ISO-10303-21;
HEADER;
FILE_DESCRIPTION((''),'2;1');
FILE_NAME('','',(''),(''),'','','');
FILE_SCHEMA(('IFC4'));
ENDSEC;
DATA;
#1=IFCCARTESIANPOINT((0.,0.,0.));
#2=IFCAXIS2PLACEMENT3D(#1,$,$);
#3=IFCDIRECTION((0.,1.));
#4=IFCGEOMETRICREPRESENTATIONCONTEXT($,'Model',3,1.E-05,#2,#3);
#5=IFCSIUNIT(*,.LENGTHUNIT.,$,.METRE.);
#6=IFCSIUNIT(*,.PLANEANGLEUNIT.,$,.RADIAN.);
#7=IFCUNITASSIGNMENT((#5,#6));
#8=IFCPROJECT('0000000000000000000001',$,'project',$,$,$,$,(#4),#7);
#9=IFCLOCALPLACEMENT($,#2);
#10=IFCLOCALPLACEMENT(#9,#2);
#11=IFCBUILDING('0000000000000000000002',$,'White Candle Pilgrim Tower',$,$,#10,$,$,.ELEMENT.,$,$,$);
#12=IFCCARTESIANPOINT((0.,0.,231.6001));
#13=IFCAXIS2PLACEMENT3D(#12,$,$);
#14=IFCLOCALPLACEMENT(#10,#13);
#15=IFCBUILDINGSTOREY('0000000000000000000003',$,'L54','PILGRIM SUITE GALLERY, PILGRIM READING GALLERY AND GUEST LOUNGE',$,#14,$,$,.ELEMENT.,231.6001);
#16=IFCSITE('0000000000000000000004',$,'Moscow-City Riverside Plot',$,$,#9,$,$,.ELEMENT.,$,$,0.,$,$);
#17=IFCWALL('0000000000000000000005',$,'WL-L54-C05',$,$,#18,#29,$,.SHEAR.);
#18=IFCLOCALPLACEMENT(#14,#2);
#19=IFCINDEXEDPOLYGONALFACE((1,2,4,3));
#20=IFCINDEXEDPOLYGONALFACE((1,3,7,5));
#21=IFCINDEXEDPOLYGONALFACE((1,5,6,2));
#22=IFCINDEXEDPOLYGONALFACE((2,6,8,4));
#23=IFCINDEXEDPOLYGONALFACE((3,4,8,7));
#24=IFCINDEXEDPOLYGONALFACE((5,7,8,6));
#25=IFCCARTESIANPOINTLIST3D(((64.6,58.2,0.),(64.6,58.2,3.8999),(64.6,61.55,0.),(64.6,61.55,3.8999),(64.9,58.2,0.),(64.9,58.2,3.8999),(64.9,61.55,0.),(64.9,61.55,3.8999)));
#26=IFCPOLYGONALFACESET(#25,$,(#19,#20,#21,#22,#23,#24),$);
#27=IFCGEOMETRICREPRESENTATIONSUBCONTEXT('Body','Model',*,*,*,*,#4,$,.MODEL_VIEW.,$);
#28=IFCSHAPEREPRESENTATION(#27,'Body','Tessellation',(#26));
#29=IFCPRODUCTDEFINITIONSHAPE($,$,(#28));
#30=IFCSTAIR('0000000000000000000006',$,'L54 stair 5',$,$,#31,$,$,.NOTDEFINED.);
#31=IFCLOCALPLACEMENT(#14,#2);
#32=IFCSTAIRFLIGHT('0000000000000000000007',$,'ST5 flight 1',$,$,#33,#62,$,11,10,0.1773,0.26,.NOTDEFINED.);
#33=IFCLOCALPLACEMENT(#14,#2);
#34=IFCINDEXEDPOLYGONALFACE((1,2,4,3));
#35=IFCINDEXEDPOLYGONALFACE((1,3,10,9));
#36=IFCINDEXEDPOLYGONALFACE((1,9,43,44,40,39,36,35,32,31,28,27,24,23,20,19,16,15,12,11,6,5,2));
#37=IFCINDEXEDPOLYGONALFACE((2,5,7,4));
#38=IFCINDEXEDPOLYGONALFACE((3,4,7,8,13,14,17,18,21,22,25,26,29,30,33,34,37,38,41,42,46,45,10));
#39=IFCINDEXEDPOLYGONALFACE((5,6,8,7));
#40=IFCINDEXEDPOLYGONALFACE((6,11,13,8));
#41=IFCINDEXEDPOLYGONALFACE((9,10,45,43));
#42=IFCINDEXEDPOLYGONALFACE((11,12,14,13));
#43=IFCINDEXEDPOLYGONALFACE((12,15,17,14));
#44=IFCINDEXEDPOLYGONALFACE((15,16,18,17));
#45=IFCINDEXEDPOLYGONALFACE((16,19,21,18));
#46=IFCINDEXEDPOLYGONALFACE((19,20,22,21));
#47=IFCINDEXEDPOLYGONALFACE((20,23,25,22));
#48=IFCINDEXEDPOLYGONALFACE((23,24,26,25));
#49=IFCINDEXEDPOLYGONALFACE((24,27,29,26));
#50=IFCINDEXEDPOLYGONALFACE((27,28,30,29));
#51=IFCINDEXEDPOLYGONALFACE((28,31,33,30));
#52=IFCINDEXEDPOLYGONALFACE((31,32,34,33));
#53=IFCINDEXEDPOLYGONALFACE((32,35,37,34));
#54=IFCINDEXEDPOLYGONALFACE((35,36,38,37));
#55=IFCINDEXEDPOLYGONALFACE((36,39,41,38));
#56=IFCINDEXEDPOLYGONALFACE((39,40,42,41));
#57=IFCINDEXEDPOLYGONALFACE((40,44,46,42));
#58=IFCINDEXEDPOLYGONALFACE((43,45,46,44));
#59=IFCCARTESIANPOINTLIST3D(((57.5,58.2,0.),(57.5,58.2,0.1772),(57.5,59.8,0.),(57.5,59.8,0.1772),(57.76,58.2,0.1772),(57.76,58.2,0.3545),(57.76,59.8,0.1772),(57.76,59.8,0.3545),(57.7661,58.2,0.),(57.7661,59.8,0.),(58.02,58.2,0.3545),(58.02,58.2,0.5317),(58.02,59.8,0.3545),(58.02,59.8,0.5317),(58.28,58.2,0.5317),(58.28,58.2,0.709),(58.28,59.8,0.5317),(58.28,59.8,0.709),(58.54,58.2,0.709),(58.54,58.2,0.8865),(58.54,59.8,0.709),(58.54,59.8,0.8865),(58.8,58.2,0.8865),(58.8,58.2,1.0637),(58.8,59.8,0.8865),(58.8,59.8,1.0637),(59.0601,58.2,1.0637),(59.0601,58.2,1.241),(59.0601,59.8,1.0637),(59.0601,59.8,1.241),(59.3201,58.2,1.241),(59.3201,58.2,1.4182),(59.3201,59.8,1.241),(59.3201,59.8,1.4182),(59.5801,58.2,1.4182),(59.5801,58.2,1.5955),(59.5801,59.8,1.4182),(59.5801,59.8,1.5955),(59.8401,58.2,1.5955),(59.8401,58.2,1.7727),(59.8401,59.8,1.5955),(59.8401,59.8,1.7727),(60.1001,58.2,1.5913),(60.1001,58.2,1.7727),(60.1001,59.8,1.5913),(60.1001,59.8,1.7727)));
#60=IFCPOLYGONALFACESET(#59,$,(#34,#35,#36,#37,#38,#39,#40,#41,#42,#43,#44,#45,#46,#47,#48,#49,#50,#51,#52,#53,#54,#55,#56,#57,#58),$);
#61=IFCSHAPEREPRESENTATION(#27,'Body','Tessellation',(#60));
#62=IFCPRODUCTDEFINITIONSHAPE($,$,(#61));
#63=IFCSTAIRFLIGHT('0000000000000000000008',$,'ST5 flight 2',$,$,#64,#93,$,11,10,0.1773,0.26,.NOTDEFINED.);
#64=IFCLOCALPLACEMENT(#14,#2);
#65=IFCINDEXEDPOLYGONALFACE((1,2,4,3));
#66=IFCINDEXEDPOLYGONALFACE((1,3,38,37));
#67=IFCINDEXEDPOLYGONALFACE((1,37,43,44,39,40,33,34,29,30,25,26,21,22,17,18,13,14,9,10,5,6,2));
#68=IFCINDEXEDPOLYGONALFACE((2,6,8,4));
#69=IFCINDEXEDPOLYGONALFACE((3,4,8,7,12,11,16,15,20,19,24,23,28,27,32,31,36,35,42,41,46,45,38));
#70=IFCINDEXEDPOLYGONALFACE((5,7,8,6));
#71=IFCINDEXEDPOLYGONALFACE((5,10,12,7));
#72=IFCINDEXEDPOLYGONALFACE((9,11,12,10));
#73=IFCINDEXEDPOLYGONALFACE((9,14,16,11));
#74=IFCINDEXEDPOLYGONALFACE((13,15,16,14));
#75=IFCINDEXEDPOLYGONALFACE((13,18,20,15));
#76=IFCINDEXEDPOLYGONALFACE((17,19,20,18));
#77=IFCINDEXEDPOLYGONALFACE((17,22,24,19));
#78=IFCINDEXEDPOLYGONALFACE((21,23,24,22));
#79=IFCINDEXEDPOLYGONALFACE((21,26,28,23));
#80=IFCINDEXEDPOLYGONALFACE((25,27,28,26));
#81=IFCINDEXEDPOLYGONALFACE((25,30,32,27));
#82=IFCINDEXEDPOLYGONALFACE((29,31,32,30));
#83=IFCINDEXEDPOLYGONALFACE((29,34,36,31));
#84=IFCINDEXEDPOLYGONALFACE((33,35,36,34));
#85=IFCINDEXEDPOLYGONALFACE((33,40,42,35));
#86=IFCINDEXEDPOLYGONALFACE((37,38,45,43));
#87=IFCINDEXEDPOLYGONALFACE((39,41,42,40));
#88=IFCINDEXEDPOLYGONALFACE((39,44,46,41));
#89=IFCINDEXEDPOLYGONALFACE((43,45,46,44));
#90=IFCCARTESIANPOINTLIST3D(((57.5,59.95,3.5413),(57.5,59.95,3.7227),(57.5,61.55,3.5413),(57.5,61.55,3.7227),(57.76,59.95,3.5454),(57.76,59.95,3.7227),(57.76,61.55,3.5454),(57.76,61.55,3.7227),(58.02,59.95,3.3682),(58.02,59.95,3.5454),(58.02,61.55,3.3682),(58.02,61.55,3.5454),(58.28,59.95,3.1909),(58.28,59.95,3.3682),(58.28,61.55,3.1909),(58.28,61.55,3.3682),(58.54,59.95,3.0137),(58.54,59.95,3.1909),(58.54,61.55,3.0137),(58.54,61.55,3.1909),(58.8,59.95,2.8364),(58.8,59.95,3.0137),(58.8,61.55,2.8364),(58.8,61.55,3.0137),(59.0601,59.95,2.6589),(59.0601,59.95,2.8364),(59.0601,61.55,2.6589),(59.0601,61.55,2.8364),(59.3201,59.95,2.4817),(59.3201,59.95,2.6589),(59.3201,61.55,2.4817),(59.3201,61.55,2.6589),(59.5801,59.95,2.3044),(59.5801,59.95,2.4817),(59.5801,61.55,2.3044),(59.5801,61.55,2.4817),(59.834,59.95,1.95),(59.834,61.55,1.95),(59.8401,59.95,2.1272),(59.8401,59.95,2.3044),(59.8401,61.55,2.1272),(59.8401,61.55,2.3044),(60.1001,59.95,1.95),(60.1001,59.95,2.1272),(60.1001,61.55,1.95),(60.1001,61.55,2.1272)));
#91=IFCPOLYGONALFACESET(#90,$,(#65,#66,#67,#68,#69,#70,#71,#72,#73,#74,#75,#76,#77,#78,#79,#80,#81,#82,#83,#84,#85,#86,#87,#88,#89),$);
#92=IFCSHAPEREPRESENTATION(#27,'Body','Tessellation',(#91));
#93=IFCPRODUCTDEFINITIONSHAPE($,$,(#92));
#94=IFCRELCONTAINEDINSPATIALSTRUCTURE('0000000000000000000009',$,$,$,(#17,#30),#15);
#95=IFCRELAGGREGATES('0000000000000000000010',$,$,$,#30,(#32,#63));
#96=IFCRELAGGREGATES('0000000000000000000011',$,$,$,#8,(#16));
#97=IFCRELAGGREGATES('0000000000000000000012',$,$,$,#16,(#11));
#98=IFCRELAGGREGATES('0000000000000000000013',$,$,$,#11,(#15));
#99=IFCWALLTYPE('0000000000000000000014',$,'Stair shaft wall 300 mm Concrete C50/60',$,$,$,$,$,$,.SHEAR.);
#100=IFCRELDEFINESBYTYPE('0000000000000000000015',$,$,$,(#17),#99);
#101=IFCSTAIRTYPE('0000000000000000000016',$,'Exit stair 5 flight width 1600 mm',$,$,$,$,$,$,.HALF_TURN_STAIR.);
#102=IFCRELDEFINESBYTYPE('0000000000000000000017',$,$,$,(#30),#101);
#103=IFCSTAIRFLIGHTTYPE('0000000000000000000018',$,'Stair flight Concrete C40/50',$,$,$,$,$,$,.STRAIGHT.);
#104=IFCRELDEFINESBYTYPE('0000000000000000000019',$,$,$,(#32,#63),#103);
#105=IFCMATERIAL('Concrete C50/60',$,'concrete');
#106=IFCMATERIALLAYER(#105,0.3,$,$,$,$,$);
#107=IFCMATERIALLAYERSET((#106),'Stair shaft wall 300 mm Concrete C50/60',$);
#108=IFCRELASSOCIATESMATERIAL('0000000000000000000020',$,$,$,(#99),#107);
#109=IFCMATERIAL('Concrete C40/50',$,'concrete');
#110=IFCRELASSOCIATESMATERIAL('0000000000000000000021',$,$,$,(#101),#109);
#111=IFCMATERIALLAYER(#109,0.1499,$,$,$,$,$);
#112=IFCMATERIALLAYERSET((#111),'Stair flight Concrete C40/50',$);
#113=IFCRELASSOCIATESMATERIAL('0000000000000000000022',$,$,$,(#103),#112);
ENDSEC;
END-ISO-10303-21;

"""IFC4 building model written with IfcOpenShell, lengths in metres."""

from ifc_helpers import new_model, si_unit, direction, frame, frame_2d, origin, place, context, subcontext, project, spatial, polyline, rectangle, outline, extrude, material, layer, layer_set, type_object, element, aggregate, save


model = new_model("IFC4")

# Units and contexts
model_context = context("Model", 3, precision=1e-05, world=origin(), true_north=direction((0.0, 1.0)))
body_context = subcontext(model_context, "Body", "Model", "MODEL_VIEW")
ifc_project = project(units=[si_unit("LENGTHUNIT", "METRE"), si_unit("PLANEANGLEUNIT", "RADIAN")], contexts=[model_context])

# Site, building, storey
site_placement = place(None, origin())
site = spatial("IfcSite", under=ifc_project, at=site_placement, Name="Moscow-City Riverside Plot", CompositionType="ELEMENT", RefElevation=0.0)
building_placement = place(site_placement, origin())
building = spatial("IfcBuilding", under=site, at=building_placement, Name="White Candle Pilgrim Tower", CompositionType="ELEMENT")
storey_placement = place(building_placement, frame((0.0, 0.0, 231.6001)))
storey = spatial("IfcBuildingStorey", under=building, at=storey_placement, Name="L54", Description="PILGRIM SUITE GALLERY, PILGRIM READING GALLERY AND GUEST LOUNGE", CompositionType="ELEMENT", Elevation=231.6001)

# Shared definitions
ifc_material_1 = material(Name="Concrete C50/60", Category="concrete")

# Shared definitions
ifc_layer_1 = layer(ifc_material_1, 0.3)
ifc_layer_set_1 = layer_set([ifc_layer_1], Name="Stair shaft wall 300 mm Concrete C50/60")
wall_type_1 = type_object("IfcWallType", Name="Stair shaft wall 300 mm Concrete C50/60", PredefinedType="SHEAR", material=ifc_layer_set_1)

# Wall
wall_1_placement = place(storey_placement, frame((64.75, 58.2, 0.0), z_axis=(0.0, 0.0, 1.0), x_axis=(0.0, 1.0, 0.0)))
element("IfcWall", 1, at=wall_1_placement, inside=storey, type_object=wall_type_1, Name="WL-L54-C05", PredefinedType="SHEAR", context=body_context, shape_type="SweptSolid", body=[
    extrude(rectangle(XDim=3.3501, YDim=0.3, at=frame_2d((1.675, 0.0))), origin(), (0.0, 0.0, 1.0), 3.8999),
])

# Stair, stair flights
ifc_material_2 = material(Name="Concrete C40/50", Category="concrete")
stair_type = type_object("IfcStairType", Name="Exit stair 5 flight width 1600 mm", PredefinedType="HALF_TURN_STAIR", material=ifc_material_2)
stair_placement = place(storey_placement, origin())
stair = element("IfcStair", 2, at=stair_placement, inside=storey, type_object=stair_type, Name="L54 stair 5", PredefinedType="NOTDEFINED")
ifc_layer_2 = layer(ifc_material_2, 0.1499)
ifc_layer_set_2 = layer_set([ifc_layer_2], Name="Stair flight Concrete C40/50")
stair_flight_type = type_object("IfcStairFlightType", Name="Stair flight Concrete C40/50", PredefinedType="STRAIGHT", material=ifc_layer_set_2)
stair_flight_1_placement = place(storey_placement, frame((57.5, 59.0, 0.0), z_axis=(0.0, 0.0, 1.0), x_axis=(1.0, 0.0, 0.0)))
stair_flight_1 = element("IfcStairFlight", 3, at=stair_flight_1_placement, type_object=stair_flight_type, Name="ST5 flight 1", NumberOfRisers=11, NumberOfTreads=10, PredefinedType="NOTDEFINED", RiserHeight=0.1773, TreadLength=0.26, context=body_context, shape_type="SweptSolid", body=[
    extrude(outline(polyline([(0.0, 0.0), (0.0, 0.1772), (0.26, 0.1772), (0.26, 0.3545), (0.52, 0.3545), (0.52, 0.5317), (0.78, 0.5317), (0.78, 0.709), (1.04, 0.709), (1.04, 0.8865), (1.3, 0.8865), (1.3, 1.0637), (1.5601, 1.0637), (1.5601, 1.241), (1.8201, 1.241), (1.8201, 1.4182), (2.0801, 1.4182), (2.0801, 1.5955), (2.3401, 1.5955), (2.3401, 1.7727), (2.6001, 1.7727), (2.6001, 1.95), (2.6001, 1.5913), (0.2661, 0.0), (0.0, 0.0)])), frame((0.0, 0.8, 0.0), z_axis=(0.0, -1.0, 0.0), x_axis=(1.0, 0.0, 0.0)), (0.0, 0.0, 1.0), 1.6001),
])
stair_flight_2_placement = place(storey_placement, frame((60.1001, 60.75, 1.95), z_axis=(0.0, 0.0, 1.0), x_axis=(-1.0, 0.0, 0.0)))
stair_flight_2 = element("IfcStairFlight", 4, at=stair_flight_2_placement, type_object=stair_flight_type, Name="ST5 flight 2", NumberOfRisers=11, NumberOfTreads=10, PredefinedType="NOTDEFINED", RiserHeight=0.1773, TreadLength=0.26, context=body_context, shape_type="SweptSolid", body=[
    extrude(outline(polyline([(0.0, 0.0), (0.0, 0.1772), (0.26, 0.1772), (0.26, 0.3545), (0.52, 0.3545), (0.52, 0.5317), (0.78, 0.5317), (0.78, 0.709), (1.04, 0.709), (1.04, 0.8865), (1.3, 0.8865), (1.3, 1.0637), (1.5601, 1.0637), (1.5601, 1.241), (1.8201, 1.241), (1.8201, 1.4182), (2.0801, 1.4182), (2.0801, 1.5955), (2.3401, 1.5955), (2.3401, 1.7727), (2.6001, 1.7727), (2.6001, 1.95), (2.6001, 1.5913), (0.2661, 0.0), (0.0, 0.0)])), frame((0.0, 0.8, 0.0), z_axis=(0.0, -1.0, 0.0), x_axis=(1.0, 0.0, 0.0)), (0.0, 0.0, 1.0), 1.6001),
])
aggregate(stair, [stair_flight_1, stair_flight_2])

save(model, "model.ifc")
